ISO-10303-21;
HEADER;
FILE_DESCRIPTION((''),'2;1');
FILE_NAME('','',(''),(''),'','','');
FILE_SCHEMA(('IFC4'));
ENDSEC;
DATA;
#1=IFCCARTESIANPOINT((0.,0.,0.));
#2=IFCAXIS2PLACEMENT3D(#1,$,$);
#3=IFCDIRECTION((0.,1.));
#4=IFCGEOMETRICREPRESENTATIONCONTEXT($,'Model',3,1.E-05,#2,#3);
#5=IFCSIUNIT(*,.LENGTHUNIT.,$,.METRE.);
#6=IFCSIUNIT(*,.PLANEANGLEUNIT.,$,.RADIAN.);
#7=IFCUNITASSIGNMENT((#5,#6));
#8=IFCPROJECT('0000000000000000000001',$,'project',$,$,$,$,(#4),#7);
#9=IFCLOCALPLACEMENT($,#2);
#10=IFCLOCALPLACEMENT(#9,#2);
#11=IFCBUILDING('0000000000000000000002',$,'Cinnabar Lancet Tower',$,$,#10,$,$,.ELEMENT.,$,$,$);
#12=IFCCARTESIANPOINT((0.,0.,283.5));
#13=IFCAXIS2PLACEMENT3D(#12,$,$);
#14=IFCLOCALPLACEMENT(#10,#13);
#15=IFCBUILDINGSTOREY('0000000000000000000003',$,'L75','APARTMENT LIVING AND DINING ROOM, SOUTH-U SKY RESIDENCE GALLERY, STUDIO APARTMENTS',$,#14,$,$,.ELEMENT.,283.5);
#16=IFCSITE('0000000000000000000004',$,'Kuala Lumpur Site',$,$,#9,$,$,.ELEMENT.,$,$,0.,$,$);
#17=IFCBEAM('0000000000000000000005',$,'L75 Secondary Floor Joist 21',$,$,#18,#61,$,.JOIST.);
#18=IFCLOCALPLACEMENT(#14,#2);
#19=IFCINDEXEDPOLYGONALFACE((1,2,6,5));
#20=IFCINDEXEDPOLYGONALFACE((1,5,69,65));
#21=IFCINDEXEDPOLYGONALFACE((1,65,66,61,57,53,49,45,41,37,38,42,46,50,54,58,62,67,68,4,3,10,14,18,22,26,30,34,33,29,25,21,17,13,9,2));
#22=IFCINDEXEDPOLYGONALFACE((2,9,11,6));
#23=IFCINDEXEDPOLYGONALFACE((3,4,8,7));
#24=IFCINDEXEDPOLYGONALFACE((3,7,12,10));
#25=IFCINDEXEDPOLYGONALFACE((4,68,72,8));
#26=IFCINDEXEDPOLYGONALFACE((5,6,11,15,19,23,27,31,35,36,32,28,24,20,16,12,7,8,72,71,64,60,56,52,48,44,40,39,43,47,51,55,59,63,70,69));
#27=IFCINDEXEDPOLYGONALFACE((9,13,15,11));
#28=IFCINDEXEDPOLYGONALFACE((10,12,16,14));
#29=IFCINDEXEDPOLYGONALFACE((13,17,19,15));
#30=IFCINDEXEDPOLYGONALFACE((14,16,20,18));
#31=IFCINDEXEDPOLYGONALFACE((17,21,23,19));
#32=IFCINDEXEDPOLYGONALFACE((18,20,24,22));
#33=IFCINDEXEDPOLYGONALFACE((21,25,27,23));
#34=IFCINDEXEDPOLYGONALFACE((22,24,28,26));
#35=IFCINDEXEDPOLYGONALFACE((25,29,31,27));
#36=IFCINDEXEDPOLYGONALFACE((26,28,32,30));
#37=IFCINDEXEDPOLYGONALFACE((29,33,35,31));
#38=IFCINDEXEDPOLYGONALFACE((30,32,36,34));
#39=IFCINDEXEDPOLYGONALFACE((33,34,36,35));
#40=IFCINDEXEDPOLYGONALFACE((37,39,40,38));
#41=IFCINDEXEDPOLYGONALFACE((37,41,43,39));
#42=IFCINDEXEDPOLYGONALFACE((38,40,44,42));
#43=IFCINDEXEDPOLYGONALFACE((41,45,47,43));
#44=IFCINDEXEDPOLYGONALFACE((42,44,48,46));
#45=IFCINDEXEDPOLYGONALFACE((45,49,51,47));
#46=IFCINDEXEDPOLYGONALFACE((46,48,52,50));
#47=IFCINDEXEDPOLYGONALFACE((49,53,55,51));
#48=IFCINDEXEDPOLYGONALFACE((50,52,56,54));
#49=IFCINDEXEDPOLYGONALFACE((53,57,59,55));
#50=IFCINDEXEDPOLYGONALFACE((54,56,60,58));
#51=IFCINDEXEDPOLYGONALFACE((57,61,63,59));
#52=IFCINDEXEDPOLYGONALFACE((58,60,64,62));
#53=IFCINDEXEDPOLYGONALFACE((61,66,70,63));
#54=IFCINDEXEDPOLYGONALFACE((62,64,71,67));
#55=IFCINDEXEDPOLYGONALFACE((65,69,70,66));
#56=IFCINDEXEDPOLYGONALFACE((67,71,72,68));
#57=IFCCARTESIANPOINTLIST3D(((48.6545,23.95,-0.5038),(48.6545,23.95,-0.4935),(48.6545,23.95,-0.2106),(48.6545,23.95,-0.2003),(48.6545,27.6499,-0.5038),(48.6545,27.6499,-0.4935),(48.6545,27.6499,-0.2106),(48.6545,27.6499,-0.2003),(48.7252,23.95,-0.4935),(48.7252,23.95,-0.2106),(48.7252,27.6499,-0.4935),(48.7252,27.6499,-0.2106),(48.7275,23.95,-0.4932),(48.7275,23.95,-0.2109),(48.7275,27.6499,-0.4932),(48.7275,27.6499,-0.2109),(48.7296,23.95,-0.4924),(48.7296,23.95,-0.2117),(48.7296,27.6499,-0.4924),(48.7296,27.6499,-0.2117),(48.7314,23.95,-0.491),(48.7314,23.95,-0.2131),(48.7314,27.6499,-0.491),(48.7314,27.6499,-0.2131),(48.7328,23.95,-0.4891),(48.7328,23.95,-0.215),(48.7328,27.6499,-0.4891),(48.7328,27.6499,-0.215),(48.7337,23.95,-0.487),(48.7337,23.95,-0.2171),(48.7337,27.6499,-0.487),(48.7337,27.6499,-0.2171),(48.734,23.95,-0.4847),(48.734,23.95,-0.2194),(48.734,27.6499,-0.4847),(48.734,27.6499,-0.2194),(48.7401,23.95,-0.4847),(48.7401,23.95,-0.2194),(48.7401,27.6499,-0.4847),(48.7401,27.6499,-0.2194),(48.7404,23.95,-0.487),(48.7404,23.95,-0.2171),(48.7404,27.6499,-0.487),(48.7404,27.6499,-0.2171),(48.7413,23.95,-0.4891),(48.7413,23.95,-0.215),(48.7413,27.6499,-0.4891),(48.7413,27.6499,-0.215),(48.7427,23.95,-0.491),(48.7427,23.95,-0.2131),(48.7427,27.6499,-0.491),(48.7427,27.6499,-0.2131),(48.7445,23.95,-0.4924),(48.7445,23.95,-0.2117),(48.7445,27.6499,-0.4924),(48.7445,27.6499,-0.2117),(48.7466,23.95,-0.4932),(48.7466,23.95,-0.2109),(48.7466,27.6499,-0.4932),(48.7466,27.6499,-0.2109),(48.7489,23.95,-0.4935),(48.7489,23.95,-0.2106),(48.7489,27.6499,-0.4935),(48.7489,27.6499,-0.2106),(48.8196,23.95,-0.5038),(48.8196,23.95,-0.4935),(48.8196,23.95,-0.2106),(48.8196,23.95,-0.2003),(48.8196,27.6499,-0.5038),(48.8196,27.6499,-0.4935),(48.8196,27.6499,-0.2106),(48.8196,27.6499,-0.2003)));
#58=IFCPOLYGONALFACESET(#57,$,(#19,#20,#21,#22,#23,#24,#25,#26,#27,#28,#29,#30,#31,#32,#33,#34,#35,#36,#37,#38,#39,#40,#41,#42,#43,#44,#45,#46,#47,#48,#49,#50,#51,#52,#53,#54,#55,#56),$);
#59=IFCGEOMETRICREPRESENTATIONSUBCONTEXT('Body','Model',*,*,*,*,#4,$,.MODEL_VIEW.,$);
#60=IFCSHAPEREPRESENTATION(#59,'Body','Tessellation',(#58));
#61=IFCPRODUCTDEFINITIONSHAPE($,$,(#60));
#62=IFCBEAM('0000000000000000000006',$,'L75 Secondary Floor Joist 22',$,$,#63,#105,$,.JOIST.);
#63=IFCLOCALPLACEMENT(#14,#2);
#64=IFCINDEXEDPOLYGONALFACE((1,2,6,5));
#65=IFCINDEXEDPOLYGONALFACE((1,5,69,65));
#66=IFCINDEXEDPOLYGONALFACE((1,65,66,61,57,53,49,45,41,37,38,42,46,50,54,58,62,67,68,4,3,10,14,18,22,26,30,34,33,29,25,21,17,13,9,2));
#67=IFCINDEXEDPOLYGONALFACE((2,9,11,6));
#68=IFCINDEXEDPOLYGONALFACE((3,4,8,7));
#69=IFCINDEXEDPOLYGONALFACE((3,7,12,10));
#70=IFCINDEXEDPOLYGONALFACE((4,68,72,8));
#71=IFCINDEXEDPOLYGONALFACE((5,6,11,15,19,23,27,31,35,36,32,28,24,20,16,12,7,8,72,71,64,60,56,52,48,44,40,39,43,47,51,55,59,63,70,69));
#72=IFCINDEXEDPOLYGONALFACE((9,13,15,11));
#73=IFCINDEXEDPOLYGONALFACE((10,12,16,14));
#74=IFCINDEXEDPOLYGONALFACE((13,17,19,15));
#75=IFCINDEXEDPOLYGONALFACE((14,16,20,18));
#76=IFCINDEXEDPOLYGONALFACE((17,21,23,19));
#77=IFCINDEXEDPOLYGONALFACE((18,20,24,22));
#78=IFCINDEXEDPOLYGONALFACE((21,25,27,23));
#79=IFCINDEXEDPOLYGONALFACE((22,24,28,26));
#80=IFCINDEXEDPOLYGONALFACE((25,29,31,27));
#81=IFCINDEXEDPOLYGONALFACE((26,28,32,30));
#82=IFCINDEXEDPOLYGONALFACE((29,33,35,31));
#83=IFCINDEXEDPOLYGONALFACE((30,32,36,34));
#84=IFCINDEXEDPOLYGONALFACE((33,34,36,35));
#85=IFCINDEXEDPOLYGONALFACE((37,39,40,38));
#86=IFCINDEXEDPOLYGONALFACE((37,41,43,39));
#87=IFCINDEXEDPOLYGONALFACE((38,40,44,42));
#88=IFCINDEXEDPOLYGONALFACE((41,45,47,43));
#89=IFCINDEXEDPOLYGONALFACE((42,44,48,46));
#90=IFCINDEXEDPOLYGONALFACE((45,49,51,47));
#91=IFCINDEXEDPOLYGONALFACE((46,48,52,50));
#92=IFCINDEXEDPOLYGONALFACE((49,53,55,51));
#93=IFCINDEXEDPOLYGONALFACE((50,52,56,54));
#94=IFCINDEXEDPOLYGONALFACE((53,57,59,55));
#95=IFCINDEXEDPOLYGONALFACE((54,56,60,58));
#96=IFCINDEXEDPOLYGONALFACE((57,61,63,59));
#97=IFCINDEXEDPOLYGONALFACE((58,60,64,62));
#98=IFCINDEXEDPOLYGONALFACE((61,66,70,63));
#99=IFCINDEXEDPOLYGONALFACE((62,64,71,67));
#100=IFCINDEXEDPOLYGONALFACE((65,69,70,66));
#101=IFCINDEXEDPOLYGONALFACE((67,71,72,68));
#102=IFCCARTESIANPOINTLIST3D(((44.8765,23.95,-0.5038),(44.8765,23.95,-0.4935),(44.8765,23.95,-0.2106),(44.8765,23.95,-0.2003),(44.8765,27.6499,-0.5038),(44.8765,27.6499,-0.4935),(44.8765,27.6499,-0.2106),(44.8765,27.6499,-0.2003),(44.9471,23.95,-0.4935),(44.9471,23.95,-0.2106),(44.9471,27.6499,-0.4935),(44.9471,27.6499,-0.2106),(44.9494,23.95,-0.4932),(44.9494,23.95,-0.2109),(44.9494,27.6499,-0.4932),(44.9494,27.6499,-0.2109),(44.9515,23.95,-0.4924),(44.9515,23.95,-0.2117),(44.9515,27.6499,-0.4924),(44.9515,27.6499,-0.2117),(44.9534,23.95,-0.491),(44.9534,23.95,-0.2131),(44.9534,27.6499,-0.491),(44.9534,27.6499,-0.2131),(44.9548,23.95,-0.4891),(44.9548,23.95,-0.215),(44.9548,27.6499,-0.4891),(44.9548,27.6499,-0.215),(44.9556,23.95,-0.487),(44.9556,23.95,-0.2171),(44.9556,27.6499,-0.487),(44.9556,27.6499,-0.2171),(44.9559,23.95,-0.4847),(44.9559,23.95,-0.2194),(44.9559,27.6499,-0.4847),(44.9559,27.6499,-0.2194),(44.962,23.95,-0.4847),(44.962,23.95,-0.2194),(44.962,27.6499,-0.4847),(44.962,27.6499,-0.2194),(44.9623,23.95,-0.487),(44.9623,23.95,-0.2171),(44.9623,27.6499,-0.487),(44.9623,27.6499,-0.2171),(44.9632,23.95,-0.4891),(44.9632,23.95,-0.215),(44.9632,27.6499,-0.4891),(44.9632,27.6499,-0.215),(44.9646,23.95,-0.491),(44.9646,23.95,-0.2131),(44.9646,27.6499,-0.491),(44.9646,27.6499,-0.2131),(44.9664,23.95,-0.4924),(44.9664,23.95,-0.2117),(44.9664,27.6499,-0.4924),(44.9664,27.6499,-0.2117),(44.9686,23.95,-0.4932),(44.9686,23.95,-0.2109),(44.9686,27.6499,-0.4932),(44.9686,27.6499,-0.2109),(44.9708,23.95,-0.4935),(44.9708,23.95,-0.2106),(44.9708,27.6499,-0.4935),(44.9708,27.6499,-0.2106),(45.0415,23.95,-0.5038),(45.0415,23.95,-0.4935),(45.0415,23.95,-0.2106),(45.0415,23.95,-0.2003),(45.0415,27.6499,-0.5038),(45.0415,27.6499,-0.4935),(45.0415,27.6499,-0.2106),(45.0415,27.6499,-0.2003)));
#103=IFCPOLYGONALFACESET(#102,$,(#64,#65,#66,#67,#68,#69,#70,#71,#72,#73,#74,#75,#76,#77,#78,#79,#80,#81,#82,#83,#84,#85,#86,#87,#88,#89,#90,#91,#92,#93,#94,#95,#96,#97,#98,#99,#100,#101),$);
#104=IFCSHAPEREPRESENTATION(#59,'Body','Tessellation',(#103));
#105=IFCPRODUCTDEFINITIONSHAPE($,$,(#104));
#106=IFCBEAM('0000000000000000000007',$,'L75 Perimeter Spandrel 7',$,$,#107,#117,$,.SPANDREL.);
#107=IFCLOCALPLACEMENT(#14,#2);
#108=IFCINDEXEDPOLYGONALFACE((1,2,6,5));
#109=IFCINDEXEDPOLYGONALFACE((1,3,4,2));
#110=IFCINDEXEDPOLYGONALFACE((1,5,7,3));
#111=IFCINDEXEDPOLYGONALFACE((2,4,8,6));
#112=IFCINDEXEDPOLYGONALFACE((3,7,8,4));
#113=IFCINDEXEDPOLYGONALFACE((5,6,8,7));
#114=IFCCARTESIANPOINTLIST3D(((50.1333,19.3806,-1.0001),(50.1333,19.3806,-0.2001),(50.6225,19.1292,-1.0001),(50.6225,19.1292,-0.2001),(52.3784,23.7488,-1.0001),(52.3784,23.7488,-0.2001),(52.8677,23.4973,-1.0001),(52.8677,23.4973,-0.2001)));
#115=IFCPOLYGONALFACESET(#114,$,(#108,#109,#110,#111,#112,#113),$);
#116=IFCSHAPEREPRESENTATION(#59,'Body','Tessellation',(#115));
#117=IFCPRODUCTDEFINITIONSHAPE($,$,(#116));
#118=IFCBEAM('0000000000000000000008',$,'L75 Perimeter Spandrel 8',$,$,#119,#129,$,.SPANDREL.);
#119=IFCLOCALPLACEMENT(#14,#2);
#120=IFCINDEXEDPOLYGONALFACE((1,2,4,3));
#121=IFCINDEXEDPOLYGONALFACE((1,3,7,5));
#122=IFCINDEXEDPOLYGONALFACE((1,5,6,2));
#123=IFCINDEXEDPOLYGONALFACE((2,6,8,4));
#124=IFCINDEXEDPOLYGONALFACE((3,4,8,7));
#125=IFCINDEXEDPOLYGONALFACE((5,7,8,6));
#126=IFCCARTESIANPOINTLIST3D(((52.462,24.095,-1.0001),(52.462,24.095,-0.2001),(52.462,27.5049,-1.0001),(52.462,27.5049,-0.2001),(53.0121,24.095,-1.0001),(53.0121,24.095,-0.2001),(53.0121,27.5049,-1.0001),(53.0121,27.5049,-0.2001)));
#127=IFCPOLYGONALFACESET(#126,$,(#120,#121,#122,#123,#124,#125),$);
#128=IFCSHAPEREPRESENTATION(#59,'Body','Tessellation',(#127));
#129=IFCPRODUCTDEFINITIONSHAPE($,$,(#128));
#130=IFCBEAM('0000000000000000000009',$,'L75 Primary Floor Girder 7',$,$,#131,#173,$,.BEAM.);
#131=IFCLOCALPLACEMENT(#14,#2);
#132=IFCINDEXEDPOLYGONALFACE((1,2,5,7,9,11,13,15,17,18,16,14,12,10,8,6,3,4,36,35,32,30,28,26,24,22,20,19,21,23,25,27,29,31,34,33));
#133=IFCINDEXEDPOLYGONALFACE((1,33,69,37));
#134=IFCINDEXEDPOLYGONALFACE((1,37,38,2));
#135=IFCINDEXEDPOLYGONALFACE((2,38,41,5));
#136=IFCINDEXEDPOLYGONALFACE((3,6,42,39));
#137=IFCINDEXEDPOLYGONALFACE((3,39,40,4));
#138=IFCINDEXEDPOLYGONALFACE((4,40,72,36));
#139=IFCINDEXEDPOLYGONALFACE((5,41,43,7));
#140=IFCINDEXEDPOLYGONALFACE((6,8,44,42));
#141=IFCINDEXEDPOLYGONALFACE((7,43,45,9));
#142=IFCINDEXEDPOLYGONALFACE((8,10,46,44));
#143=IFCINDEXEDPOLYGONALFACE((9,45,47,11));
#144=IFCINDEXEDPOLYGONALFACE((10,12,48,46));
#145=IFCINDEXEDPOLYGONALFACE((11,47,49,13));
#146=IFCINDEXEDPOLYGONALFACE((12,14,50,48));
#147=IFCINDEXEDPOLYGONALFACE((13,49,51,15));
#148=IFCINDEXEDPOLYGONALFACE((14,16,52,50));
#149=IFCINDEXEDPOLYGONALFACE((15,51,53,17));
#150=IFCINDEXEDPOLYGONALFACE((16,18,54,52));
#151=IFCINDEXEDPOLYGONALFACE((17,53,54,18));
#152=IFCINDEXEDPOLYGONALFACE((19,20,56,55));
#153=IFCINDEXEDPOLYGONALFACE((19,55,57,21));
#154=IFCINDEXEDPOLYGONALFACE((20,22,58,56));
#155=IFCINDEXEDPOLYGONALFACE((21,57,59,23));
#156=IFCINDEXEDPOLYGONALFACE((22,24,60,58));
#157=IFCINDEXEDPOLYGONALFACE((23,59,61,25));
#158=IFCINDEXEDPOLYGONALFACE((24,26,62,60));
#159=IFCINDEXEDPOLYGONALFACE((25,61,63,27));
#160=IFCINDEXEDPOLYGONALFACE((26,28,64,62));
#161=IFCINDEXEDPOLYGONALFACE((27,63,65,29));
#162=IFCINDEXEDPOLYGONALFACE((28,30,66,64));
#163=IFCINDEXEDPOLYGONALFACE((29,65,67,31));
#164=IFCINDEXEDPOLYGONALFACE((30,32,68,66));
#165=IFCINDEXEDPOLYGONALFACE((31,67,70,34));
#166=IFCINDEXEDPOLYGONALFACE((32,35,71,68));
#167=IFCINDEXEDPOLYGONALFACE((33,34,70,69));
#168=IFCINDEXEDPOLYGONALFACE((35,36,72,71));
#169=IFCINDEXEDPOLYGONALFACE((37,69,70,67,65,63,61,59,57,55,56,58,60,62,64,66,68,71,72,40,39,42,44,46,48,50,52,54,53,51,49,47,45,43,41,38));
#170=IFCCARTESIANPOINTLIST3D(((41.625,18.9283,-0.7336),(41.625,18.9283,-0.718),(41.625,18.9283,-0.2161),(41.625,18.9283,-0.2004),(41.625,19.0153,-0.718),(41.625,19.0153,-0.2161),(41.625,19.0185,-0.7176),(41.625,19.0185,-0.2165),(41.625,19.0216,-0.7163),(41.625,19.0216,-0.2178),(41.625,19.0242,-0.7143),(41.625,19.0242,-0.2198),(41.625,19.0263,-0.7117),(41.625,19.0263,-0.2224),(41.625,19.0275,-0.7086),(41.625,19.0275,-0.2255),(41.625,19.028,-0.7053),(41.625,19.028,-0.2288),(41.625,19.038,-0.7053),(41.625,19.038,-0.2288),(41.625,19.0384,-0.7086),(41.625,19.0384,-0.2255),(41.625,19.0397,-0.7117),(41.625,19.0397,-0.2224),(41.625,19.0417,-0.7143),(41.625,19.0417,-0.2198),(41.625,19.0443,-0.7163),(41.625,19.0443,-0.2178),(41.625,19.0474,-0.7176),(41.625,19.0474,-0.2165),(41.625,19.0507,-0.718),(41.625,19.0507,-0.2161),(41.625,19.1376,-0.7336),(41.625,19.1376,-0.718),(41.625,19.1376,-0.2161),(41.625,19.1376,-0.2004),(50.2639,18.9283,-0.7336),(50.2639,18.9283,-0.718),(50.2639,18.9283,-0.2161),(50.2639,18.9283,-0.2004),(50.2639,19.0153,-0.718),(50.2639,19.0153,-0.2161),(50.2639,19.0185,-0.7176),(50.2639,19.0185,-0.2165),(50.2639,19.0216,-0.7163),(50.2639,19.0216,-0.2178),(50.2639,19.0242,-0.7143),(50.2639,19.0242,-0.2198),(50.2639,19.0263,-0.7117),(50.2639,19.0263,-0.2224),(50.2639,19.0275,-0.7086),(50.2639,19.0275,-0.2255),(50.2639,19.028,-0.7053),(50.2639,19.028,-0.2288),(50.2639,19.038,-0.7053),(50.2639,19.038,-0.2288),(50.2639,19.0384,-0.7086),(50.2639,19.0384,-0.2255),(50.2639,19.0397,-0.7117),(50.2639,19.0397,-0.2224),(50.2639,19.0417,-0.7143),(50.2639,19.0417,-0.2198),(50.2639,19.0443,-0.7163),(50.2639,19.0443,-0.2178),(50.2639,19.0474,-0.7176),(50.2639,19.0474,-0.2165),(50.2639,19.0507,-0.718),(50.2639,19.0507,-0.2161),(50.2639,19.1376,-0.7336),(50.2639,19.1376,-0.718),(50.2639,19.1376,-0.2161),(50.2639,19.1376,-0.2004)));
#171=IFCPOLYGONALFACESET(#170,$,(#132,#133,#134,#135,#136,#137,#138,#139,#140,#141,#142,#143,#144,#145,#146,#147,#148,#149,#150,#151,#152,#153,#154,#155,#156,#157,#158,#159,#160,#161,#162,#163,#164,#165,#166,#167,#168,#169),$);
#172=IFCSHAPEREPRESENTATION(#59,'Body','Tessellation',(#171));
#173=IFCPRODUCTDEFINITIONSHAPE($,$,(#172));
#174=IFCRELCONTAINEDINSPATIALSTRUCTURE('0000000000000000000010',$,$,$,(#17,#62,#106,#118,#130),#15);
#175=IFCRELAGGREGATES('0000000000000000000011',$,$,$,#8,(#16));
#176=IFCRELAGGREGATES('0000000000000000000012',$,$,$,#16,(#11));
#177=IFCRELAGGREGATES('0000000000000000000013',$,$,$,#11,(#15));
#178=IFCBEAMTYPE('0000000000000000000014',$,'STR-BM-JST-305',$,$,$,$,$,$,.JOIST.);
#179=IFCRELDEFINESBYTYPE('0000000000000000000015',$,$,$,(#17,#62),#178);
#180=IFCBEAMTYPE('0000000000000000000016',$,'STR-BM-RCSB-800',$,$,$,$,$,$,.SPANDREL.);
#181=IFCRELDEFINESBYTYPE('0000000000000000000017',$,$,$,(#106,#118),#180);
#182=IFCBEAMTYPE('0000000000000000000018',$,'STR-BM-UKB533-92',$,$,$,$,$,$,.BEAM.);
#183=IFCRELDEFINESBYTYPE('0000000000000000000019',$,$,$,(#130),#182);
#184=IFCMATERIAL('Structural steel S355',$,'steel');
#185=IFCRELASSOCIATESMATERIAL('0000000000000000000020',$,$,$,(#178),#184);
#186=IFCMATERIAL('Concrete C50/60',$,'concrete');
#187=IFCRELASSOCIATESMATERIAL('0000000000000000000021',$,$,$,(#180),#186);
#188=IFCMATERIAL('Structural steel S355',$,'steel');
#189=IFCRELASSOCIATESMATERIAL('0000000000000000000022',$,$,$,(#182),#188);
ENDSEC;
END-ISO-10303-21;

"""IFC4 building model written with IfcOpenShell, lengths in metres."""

from ifc_helpers import new_model, si_unit, direction, frame, origin, origin_2d, place, context, subcontext, project, spatial, rectangle, i_section, extrude, material, material_profile, profile_set, type_object, element, save


model = new_model("IFC4")

# Units and contexts
model_context = context("Model", 3, precision=1e-05, world=origin(), true_north=direction((0.0, 1.0)))
body_context = subcontext(model_context, "Body", "Model", "MODEL_VIEW")
ifc_project = project(units=[si_unit("LENGTHUNIT", "METRE"), si_unit("PLANEANGLEUNIT", "RADIAN")], contexts=[model_context])

# Site, building, storey
site_placement = place(None, origin())
site = spatial("IfcSite", under=ifc_project, at=site_placement, Name="Kuala Lumpur Site", CompositionType="ELEMENT", RefElevation=0.0)
building_placement = place(site_placement, origin())
building = spatial("IfcBuilding", under=site, at=building_placement, Name="Cinnabar Lancet Tower", CompositionType="ELEMENT")
storey_placement = place(building_placement, frame((0.0, 0.0, 283.5)))
storey = spatial("IfcBuildingStorey", under=building, at=storey_placement, Name="L75", Description="APARTMENT LIVING AND DINING ROOM, SOUTH-U SKY RESIDENCE GALLERY, STUDIO APARTMENTS", CompositionType="ELEMENT", Elevation=283.5)

# Beams
ifc_material_1 = material(Name="Structural steel S355", Category="steel")
ifc_material_profile_1 = material_profile(ifc_material_1, i_section(OverallWidth=0.165, OverallDepth=0.3035, WebThickness=0.0061, FlangeThickness=0.0103, FilletRadius=0.0088, at=origin_2d()), Name="UKB 305x165x40")
ifc_profile_set_1 = profile_set([ifc_material_profile_1], Name="Structural steel S355")
beam_type_1 = type_object("IfcBeamType", Name="STR-BM-JST-305", PredefinedType="JOIST", material=ifc_profile_set_1)
for number, where, z_axis, x_axis, name in (
    (1, (48.7371, 23.95, -0.3521), (0.0, 1.0, 0.0), (-1.0, 0.0, 0.0), "L75 Secondary Floor Joist 21"),
    (2, (44.959, 23.95, -0.3521), (0.0, 1.0, 0.0), (-1.0, 0.0, 0.0), "L75 Secondary Floor Joist 22"),
):
    element("IfcBeam", number, at=place(storey_placement, frame(where, z_axis=z_axis, x_axis=x_axis)), inside=storey, type_object=beam_type_1, Name=name, PredefinedType="JOIST", context=body_context, shape_type="SweptSolid", body=[
        extrude(i_section(OverallWidth=0.165, OverallDepth=0.3035, WebThickness=0.0061, FlangeThickness=0.0103, FilletRadius=0.0088, at=origin_2d()), origin(), (0.0, 0.0, 1.0), 3.7),
    ])
ifc_material_2 = material(Name="Concrete C50/60", Category="concrete")
ifc_material_profile_2 = material_profile(ifc_material_2, rectangle(XDim=0.55, YDim=0.8, at=origin_2d()), Name="RC-SB 550x800")
ifc_profile_set_2 = profile_set([ifc_material_profile_2], Name="Concrete C50/60")
beam_type_2 = type_object("IfcBeamType", Name="STR-BM-RCSB-800", PredefinedType="SPANDREL", material=ifc_profile_set_2)
beam_1_placement = place(storey_placement, frame((50.3779, 19.2549, -0.6001), z_axis=(0.457128, 0.889401, 0.0), x_axis=(-0.889401, 0.457128, 0.0)))
element("IfcBeam", 3, at=beam_1_placement, inside=storey, type_object=beam_type_2, Name="L75 Perimeter Spandrel 7", PredefinedType="SPANDREL", context=body_context, shape_type="SweptSolid", body=[
    extrude(rectangle(XDim=0.55, YDim=0.8, at=origin_2d()), origin(), (0.0, 0.0, 1.0), 4.9114),
])
beam_2_placement = place(storey_placement, frame((52.7371, 24.095, -0.6001), z_axis=(0.0, 1.0, 0.0), x_axis=(-1.0, 0.0, 0.0)))
element("IfcBeam", 4, at=beam_2_placement, inside=storey, type_object=beam_type_2, Name="L75 Perimeter Spandrel 8", PredefinedType="SPANDREL", context=body_context, shape_type="SweptSolid", body=[
    extrude(rectangle(XDim=0.55, YDim=0.8, at=origin_2d()), origin(), (0.0, 0.0, 1.0), 3.4099),
])
ifc_material_3 = material(Name="Structural steel S355", Category="steel")
ifc_material_profile_3 = material_profile(ifc_material_3, i_section(OverallWidth=0.2092, OverallDepth=0.5332, WebThickness=0.01, FlangeThickness=0.0156, FilletRadius=0.0127, at=origin_2d()), Name="UKB 533x210x92")
ifc_profile_set_3 = profile_set([ifc_material_profile_3], Name="Structural steel S355")
beam_type_3 = type_object("IfcBeamType", Name="STR-BM-UKB533-92", PredefinedType="BEAM", material=ifc_profile_set_3)
beam_3_placement = place(storey_placement, frame((50.2639, 19.033, -0.467), z_axis=(-1.0, 0.0, 0.0), x_axis=(0.0, -1.0, 0.0)))
element("IfcBeam", 5, at=beam_3_placement, inside=storey, type_object=beam_type_3, Name="L75 Primary Floor Girder 7", PredefinedType="BEAM", context=body_context, shape_type="SweptSolid", body=[
    extrude(i_section(OverallWidth=0.2092, OverallDepth=0.5332, WebThickness=0.01, FlangeThickness=0.0156, FilletRadius=0.0127, at=origin_2d()), origin(), (0.0, 0.0, 1.0), 8.6389),
])

save(model, "model.ifc")
